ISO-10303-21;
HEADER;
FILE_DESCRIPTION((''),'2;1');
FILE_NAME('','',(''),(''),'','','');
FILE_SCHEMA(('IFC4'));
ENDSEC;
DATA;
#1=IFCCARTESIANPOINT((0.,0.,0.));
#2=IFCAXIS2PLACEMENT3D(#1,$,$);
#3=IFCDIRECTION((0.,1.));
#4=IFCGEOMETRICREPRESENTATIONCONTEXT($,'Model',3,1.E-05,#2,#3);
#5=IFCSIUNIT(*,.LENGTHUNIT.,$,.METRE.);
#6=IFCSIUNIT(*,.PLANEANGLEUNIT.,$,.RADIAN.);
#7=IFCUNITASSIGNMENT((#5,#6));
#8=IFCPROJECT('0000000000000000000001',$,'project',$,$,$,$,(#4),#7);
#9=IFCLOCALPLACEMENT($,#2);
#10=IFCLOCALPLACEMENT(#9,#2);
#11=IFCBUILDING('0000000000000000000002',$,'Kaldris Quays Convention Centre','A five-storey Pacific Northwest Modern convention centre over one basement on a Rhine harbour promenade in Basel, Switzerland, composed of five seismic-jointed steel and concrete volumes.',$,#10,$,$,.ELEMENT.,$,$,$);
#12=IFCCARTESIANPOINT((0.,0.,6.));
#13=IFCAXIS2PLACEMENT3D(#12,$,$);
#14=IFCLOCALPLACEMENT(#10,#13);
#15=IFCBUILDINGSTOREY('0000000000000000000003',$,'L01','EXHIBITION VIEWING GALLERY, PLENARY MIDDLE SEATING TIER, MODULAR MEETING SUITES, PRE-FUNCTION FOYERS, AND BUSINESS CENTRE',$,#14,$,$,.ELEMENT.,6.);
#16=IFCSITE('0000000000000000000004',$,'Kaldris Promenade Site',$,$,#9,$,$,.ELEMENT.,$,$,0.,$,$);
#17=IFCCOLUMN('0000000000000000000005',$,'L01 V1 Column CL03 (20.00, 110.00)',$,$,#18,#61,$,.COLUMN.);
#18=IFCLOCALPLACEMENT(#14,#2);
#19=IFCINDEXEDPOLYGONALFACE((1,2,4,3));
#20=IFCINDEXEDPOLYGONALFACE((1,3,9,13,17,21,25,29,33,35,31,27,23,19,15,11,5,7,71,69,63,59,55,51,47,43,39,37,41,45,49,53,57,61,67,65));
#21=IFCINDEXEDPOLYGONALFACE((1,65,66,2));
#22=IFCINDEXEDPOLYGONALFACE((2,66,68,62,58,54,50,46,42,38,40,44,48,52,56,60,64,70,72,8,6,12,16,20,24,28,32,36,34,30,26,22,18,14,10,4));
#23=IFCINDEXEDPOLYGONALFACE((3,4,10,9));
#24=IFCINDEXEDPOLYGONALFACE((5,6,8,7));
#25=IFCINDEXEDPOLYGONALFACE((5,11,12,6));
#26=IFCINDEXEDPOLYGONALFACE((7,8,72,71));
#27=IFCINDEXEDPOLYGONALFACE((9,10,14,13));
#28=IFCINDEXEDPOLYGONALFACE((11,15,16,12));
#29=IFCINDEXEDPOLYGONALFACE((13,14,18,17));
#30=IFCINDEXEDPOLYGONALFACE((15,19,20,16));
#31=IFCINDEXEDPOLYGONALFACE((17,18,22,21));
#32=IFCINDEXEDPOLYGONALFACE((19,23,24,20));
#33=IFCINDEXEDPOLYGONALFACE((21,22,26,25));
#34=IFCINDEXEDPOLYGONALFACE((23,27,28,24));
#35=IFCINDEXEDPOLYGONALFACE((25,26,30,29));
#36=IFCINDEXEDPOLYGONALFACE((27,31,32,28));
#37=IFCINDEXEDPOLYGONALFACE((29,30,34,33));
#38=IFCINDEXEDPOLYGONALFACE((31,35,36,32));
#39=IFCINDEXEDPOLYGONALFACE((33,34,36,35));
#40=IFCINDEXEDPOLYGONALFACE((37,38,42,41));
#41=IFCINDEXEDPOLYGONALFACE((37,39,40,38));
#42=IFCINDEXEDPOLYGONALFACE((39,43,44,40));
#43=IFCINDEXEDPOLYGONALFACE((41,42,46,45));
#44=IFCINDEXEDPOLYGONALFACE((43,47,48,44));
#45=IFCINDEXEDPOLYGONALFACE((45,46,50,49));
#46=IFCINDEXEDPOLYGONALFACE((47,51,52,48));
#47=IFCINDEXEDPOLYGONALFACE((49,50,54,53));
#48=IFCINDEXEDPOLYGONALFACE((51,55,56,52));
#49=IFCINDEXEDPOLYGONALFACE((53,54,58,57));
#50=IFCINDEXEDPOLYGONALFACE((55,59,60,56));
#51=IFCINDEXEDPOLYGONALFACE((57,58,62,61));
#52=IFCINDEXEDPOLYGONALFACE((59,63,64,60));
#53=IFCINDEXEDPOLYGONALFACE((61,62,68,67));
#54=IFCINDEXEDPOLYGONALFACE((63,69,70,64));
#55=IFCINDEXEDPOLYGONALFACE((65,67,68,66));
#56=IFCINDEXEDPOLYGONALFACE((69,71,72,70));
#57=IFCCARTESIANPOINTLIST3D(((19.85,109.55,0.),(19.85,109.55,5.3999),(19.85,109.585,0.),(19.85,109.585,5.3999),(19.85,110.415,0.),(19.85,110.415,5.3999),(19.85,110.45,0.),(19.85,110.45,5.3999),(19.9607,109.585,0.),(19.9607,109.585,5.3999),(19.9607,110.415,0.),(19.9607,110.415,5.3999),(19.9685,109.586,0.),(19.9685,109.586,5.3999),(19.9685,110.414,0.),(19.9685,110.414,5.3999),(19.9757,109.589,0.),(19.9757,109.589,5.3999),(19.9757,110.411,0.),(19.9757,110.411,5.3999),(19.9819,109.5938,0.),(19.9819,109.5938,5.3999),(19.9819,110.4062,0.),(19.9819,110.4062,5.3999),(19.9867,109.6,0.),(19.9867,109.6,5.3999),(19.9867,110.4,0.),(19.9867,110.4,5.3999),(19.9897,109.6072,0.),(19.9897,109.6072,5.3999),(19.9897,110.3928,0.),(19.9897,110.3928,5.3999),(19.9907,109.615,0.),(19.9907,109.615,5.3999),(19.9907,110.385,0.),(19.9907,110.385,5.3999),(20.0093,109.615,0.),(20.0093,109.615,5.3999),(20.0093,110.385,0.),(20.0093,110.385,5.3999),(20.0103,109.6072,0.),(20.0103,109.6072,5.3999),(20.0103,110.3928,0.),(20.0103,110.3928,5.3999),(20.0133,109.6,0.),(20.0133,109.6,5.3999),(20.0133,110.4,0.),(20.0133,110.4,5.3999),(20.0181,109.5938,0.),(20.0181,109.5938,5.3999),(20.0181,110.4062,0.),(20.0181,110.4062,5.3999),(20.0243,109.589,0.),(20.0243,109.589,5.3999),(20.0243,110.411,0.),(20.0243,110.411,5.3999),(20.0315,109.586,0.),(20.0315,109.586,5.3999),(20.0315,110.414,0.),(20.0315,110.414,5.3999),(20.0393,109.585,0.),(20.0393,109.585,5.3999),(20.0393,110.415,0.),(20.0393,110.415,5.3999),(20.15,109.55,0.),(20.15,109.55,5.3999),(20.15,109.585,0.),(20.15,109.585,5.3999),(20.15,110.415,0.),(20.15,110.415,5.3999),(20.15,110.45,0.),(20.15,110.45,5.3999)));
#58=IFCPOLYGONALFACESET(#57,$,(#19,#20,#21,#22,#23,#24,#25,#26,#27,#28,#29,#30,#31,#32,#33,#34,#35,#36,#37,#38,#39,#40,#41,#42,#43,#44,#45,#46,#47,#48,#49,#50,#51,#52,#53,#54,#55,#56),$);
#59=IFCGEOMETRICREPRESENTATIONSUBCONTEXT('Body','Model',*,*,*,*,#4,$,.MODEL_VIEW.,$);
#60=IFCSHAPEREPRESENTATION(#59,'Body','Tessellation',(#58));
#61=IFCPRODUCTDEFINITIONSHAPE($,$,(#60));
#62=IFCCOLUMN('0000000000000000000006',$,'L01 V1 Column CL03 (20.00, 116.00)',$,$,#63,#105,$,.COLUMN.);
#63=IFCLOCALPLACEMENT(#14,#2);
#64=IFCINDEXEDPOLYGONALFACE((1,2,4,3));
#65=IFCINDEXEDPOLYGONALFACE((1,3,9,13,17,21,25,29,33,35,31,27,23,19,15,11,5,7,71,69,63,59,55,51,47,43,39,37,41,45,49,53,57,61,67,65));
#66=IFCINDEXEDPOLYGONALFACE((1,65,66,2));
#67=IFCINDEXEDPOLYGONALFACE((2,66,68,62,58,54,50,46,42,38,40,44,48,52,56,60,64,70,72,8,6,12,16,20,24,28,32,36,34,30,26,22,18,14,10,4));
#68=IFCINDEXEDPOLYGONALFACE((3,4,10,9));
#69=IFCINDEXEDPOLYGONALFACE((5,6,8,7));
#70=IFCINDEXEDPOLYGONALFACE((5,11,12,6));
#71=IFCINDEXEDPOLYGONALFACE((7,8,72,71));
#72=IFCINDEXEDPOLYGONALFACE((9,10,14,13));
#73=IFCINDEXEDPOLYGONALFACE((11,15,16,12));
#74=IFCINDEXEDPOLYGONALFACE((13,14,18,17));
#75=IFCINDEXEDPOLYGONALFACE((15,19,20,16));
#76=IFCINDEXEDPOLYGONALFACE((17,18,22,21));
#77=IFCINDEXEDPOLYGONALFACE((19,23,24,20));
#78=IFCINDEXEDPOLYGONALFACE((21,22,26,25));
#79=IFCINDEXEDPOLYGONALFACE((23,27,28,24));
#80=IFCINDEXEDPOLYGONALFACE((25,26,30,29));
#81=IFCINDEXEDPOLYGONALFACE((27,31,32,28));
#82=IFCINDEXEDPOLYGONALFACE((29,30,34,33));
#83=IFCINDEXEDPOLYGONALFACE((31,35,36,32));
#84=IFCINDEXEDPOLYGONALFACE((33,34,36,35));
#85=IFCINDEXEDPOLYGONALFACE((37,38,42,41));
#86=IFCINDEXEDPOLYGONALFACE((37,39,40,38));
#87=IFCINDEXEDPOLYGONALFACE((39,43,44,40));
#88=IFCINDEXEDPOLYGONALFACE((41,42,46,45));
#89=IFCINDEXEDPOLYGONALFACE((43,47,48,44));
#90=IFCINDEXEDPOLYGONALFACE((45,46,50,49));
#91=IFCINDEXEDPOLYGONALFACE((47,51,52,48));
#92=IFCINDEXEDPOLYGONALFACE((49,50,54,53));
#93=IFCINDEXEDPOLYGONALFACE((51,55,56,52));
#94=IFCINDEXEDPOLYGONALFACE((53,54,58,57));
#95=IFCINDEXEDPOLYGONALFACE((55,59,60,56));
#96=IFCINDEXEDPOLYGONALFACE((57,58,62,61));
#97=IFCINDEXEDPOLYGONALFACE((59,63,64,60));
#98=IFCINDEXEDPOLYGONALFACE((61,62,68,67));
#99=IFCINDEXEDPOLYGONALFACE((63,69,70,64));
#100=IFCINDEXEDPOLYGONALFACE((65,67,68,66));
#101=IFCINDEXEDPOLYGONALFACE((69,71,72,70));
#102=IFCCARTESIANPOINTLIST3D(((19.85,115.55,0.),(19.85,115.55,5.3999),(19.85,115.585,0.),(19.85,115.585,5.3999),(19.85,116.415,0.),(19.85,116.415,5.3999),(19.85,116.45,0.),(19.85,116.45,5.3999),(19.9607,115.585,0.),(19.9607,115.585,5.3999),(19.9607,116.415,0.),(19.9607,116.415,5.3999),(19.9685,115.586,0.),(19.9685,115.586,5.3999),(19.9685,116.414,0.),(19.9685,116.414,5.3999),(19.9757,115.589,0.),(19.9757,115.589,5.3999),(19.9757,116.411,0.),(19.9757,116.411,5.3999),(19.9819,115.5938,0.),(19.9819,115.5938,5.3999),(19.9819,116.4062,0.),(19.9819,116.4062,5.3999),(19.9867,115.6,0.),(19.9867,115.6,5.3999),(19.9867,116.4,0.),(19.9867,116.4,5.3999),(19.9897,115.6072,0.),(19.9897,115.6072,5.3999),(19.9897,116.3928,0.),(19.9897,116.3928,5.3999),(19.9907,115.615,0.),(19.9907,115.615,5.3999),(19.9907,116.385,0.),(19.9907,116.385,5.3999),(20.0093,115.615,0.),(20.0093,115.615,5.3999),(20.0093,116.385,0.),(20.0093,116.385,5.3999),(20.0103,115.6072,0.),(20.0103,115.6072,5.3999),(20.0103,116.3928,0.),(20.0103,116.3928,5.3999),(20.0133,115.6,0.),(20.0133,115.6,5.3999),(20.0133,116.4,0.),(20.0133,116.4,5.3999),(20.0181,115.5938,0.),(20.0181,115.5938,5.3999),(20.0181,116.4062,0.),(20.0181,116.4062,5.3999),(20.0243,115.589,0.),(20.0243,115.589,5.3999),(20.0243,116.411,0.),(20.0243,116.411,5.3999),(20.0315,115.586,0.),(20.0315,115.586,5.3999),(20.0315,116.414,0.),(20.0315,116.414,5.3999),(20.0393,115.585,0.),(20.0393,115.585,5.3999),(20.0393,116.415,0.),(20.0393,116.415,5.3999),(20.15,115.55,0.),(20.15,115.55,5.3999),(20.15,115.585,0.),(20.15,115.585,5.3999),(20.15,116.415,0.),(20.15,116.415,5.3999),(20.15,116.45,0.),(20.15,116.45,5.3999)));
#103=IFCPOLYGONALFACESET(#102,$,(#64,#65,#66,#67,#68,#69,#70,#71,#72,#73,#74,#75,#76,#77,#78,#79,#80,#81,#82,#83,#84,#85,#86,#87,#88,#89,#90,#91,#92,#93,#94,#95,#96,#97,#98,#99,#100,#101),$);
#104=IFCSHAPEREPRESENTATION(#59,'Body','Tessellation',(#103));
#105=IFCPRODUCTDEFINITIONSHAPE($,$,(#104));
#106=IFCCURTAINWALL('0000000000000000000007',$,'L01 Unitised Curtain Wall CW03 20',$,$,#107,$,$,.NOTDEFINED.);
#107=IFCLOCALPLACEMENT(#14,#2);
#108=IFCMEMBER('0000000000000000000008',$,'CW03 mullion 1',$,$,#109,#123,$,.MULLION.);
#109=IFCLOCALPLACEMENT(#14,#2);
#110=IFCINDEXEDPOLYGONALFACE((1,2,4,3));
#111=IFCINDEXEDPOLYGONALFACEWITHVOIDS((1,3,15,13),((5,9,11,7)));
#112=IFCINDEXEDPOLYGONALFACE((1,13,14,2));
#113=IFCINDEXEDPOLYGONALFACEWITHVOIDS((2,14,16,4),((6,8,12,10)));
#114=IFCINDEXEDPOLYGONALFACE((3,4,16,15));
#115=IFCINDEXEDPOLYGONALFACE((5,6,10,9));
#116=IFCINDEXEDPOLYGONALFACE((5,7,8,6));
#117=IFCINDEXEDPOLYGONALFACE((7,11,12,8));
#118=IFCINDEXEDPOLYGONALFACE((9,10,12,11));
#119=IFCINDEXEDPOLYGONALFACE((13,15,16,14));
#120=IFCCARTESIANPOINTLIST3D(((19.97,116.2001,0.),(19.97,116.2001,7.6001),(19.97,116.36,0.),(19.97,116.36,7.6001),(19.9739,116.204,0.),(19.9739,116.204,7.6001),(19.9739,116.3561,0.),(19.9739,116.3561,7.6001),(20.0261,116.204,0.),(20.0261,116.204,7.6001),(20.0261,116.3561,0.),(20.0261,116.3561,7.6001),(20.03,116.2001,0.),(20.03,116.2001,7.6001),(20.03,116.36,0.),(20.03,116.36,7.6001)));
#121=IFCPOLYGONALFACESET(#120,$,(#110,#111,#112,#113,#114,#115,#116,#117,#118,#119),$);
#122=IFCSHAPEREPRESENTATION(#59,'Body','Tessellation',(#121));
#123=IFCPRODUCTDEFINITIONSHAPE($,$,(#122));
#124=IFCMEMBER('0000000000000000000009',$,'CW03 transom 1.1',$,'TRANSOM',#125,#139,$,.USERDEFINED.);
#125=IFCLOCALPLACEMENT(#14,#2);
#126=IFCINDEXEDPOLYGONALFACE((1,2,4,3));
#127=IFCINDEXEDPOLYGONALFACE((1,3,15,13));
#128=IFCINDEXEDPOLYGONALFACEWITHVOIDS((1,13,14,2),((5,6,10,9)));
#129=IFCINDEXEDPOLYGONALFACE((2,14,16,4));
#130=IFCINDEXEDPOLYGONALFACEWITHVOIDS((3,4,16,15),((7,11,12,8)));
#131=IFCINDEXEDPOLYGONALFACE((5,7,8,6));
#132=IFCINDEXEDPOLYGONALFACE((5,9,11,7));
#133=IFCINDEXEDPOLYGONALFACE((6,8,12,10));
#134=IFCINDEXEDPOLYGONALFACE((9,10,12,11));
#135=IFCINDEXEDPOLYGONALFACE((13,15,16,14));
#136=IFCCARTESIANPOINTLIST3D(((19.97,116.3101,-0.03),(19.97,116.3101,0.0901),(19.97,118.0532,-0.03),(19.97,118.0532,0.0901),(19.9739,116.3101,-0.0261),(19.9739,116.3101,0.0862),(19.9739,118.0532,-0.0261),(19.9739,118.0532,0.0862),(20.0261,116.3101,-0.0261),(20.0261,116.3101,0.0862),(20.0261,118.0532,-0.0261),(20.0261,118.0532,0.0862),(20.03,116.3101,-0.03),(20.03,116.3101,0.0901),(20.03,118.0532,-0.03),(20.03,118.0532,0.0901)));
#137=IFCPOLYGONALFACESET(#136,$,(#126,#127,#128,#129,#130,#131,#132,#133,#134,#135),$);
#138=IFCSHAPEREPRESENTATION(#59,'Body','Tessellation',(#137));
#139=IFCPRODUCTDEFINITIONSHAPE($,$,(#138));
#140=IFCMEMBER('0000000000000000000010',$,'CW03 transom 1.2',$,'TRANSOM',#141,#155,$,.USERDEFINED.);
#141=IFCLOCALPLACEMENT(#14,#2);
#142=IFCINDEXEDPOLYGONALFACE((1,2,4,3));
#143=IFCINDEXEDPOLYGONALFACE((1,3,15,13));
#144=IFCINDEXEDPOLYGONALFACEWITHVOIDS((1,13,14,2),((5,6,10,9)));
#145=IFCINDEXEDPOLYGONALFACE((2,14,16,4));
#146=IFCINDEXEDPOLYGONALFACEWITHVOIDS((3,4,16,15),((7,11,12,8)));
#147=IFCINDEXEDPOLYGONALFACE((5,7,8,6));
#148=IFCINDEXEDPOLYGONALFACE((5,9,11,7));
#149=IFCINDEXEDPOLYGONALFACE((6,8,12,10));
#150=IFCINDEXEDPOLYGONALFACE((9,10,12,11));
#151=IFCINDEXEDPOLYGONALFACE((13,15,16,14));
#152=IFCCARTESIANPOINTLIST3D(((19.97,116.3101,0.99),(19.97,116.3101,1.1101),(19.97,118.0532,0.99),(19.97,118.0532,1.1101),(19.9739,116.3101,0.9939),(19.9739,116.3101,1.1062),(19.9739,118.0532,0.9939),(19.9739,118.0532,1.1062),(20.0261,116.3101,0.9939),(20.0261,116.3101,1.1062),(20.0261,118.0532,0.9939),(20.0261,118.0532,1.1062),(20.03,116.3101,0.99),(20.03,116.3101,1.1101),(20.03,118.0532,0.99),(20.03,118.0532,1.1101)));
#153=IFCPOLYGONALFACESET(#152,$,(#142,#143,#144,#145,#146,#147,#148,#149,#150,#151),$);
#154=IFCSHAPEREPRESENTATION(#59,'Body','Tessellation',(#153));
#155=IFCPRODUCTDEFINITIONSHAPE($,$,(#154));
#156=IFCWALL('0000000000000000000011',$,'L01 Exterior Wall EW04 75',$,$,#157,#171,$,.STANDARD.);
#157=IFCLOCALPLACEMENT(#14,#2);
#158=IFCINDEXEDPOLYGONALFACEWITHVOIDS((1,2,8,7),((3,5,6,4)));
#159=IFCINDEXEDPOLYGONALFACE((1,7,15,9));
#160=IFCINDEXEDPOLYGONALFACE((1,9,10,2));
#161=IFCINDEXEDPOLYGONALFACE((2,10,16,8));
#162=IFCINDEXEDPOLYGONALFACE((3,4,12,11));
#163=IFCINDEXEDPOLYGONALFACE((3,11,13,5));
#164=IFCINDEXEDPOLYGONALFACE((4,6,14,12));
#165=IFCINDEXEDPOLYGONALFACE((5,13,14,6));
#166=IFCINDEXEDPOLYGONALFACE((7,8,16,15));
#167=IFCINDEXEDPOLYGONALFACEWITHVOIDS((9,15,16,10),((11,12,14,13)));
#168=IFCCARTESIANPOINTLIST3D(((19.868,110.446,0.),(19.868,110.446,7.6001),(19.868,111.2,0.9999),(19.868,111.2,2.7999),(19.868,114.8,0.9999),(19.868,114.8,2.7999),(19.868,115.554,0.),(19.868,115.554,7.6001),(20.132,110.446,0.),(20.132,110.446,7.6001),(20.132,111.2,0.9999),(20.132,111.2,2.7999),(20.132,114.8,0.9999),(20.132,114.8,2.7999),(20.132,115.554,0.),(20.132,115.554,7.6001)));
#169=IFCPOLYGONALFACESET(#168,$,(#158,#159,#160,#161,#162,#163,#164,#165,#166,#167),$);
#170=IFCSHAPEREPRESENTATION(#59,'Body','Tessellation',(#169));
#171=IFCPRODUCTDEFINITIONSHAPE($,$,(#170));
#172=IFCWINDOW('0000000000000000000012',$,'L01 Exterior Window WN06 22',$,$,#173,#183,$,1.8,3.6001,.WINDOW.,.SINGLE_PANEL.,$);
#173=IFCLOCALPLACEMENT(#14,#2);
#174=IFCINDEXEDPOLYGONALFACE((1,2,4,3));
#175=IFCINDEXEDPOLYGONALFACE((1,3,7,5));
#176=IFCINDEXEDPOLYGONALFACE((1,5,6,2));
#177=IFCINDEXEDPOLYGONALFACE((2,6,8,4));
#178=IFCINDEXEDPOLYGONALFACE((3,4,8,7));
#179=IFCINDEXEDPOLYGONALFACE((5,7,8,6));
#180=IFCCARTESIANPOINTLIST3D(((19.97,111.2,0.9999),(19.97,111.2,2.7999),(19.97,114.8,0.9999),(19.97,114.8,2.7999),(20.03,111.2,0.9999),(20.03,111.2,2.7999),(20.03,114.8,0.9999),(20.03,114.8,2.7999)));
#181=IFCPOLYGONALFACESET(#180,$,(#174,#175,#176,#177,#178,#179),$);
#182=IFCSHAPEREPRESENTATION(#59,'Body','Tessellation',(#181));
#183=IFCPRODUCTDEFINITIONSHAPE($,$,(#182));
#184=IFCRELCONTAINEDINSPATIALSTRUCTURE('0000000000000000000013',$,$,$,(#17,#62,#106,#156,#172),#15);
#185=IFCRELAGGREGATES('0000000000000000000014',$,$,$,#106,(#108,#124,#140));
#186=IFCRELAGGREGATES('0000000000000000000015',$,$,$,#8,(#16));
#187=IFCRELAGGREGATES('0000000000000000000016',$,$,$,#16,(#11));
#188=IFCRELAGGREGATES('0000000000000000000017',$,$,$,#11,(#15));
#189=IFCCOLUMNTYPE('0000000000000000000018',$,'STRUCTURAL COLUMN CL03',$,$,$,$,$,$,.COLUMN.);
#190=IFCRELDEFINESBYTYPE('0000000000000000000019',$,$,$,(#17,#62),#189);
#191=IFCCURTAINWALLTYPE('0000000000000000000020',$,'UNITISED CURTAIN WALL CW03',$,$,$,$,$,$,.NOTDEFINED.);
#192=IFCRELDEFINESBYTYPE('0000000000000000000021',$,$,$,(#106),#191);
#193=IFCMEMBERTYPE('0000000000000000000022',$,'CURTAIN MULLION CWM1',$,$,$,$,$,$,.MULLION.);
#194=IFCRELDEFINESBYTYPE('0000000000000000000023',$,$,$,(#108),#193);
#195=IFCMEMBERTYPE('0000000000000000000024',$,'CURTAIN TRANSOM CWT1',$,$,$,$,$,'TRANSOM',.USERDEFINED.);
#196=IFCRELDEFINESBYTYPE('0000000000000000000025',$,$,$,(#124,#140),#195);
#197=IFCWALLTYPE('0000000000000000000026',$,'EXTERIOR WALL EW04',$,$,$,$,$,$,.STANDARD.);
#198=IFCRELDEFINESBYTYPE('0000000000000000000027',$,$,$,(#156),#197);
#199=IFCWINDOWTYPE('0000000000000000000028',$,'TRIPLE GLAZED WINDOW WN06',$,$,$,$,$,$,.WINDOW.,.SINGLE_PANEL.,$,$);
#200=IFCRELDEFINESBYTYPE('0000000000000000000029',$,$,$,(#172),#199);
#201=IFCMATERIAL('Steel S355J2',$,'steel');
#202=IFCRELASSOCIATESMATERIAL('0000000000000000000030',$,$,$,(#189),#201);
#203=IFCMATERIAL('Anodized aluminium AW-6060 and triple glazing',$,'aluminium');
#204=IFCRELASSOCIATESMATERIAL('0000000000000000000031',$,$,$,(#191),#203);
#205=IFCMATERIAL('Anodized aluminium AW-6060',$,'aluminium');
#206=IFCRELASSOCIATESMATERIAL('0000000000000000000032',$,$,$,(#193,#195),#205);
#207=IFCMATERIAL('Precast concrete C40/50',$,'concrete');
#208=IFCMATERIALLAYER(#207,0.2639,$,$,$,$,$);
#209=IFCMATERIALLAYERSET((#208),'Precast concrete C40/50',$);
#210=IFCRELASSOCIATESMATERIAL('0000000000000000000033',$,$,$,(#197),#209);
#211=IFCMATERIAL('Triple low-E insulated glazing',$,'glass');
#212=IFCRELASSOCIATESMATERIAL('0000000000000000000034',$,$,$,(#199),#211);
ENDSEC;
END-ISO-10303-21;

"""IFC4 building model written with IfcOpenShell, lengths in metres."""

from ifc_helpers import new_model, si_unit, direction, frame, frame_2d, origin, origin_2d, place, context, subcontext, project, spatial, rectangle, hollow_rectangle, i_section, extrude, material, layer, layer_set, material_profile, profile_set, type_object, element, fill, aggregate, save


model = new_model("IFC4")

# Units and contexts
model_context = context("Model", 3, precision=1e-05, world=origin(), true_north=direction((0.0, 1.0)))
body_context = subcontext(model_context, "Body", "Model", "MODEL_VIEW")
ifc_project = project(units=[si_unit("LENGTHUNIT", "METRE"), si_unit("PLANEANGLEUNIT", "RADIAN")], contexts=[model_context])

# Site, building, storey
site_placement = place(None, origin())
site = spatial("IfcSite", under=ifc_project, at=site_placement, Name="Kaldris Promenade Site", CompositionType="ELEMENT", RefElevation=0.0)
building_placement = place(site_placement, origin())
building = spatial("IfcBuilding", under=site, at=building_placement, Name="Kaldris Quays Convention Centre", Description="A five-storey Pacific Northwest Modern convention centre over one basement on a Rhine harbour promenade in Basel, Switzerland, composed of five seismic-jointed steel and concrete volumes.", CompositionType="ELEMENT")
storey_placement = place(building_placement, frame((0.0, 0.0, 6.0)))
storey = spatial("IfcBuildingStorey", under=building, at=storey_placement, Name="L01", Description="EXHIBITION VIEWING GALLERY, PLENARY MIDDLE SEATING TIER, MODULAR MEETING SUITES, PRE-FUNCTION FOYERS, AND BUSINESS CENTRE", CompositionType="ELEMENT", Elevation=6.0)

# Columns
ifc_material_1 = material(Name="Steel S355J2", Category="steel")
ifc_material_profile_1 = material_profile(ifc_material_1, i_section(OverallWidth=0.3, OverallDepth=0.8999, WebThickness=0.0186, FlangeThickness=0.0349, FilletRadius=0.03, at=origin_2d()), Name="HEB 900")
ifc_profile_set_1 = profile_set([ifc_material_profile_1], Name="Steel S355J2")
column_type = type_object("IfcColumnType", Name="STRUCTURAL COLUMN CL03", PredefinedType="COLUMN", material=ifc_profile_set_1)
for number, where, z_axis, x_axis, name in (
    (1, (20.0, 110.0, 0.0), (0.0, 0.0, 1.0), (1.0, 0.0, 0.0), "L01 V1 Column CL03 (20.00, 110.00)"),
    (2, (20.0, 116.0, 0.0), (0.0, 0.0, 1.0), (1.0, 0.0, 0.0), "L01 V1 Column CL03 (20.00, 116.00)"),
):
    element("IfcColumn", number, at=place(storey_placement, frame(where, z_axis=z_axis, x_axis=x_axis)), inside=storey, type_object=column_type, Name=name, PredefinedType="COLUMN", context=body_context, shape_type="SweptSolid", body=[
        extrude(i_section(OverallWidth=0.3, OverallDepth=0.8999, WebThickness=0.0186, FlangeThickness=0.0349, FilletRadius=0.03, at=origin_2d()), origin(), (0.0, 0.0, 1.0), 5.3999),
    ])

# Curtain wall, members
ifc_material_2 = material(Name="Anodized aluminium AW-6060 and triple glazing", Category="aluminium")
curtain_wall_type = type_object("IfcCurtainWallType", Name="UNITISED CURTAIN WALL CW03", PredefinedType="NOTDEFINED", material=ifc_material_2)
curtain_wall_placement = place(storey_placement, origin())
curtain_wall = element("IfcCurtainWall", 3, at=curtain_wall_placement, inside=storey, type_object=curtain_wall_type, Name="L01 Unitised Curtain Wall CW03 20", PredefinedType="NOTDEFINED")
ifc_material_3 = material(Name="Anodized aluminium AW-6060", Category="aluminium")
ifc_material_profile_2 = material_profile(ifc_material_3, hollow_rectangle(XDim=0.0601, YDim=0.1599, WallThickness=0.0039, at=origin_2d()), Name="RHS 160x60x4")
ifc_profile_set_2 = profile_set([ifc_material_profile_2], Name="Anodized aluminium AW-6060")
member_type_1 = type_object("IfcMemberType", Name="CURTAIN MULLION CWM1", PredefinedType="MULLION", material=ifc_profile_set_2)
member_1_placement = place(storey_placement, frame((20.0, 116.28, 0.0), z_axis=(0.0, 0.0, 1.0), x_axis=(-1.0, 0.0, 0.0)))
member_1 = element("IfcMember", 4, at=member_1_placement, type_object=member_type_1, Name="CW03 mullion 1", PredefinedType="MULLION", context=body_context, shape_type="SweptSolid", body=[
    extrude(hollow_rectangle(XDim=0.0601, YDim=0.1599, WallThickness=0.0039, at=origin_2d()), origin(), (0.0, 0.0, 1.0), 7.6001),
])
ifc_material_profile_3 = material_profile(ifc_material_3, hollow_rectangle(XDim=0.0601, YDim=0.1201, WallThickness=0.0039, at=origin_2d()), Name="RHS 120x60x4")
ifc_profile_set_3 = profile_set([ifc_material_profile_3], Name="Anodized aluminium AW-6060")
member_type_2 = type_object("IfcMemberType", Name="CURTAIN TRANSOM CWT1", ElementType="TRANSOM", PredefinedType="USERDEFINED", material=ifc_profile_set_3)
member_2_placement = place(storey_placement, frame((20.0, 116.3101, 0.03), z_axis=(0.0, 1.0, 0.0), x_axis=(-1.0, 0.0, 0.0)))
member_2 = element("IfcMember", 5, at=member_2_placement, type_object=member_type_2, Name="CW03 transom 1.1", ObjectType="TRANSOM", PredefinedType="USERDEFINED", context=body_context, shape_type="SweptSolid", body=[
    extrude(hollow_rectangle(XDim=0.0601, YDim=0.1201, WallThickness=0.0039, at=origin_2d()), origin(), (0.0, 0.0, 1.0), 1.7432),
])
member_3_placement = place(storey_placement, frame((20.0, 116.3101, 1.05), z_axis=(0.0, 1.0, 0.0), x_axis=(-1.0, 0.0, 0.0)))
member_3 = element("IfcMember", 6, at=member_3_placement, type_object=member_type_2, Name="CW03 transom 1.2", ObjectType="TRANSOM", PredefinedType="USERDEFINED", context=body_context, shape_type="SweptSolid", body=[
    extrude(hollow_rectangle(XDim=0.0601, YDim=0.1201, WallThickness=0.0039, at=origin_2d()), origin(), (0.0, 0.0, 1.0), 1.7432),
])
aggregate(curtain_wall, [member_1, member_2, member_3])

# Wall, opening, window
ifc_material_4 = material(Name="Precast concrete C40/50", Category="concrete")
ifc_layer_1 = layer(ifc_material_4, 0.2639)
ifc_layer_set_1 = layer_set([ifc_layer_1], Name="Precast concrete C40/50")
wall_type = type_object("IfcWallType", Name="EXTERIOR WALL EW04", PredefinedType="STANDARD", material=ifc_layer_set_1)
wall_placement = place(storey_placement, frame((20.0, 110.446, 0.0), z_axis=(0.0, 0.0, 1.0), x_axis=(0.0, 1.0, 0.0)))
wall = element("IfcWall", 7, at=wall_placement, inside=storey, type_object=wall_type, Name="L01 Exterior Wall EW04 75", PredefinedType="STANDARD", context=body_context, shape_type="SweptSolid", body=[
    extrude(rectangle(XDim=5.1079, YDim=0.2639, at=frame_2d((2.554, 0.0))), origin(), (0.0, 0.0, 1.0), 7.6001),
])
opening_placement = place(wall_placement, frame((0.7539, 0.0, 1.0)))
opening = element("IfcOpeningElement", 8, at=opening_placement, cuts=wall, PredefinedType="OPENING", context=body_context, shape_type="SweptSolid", body=[
    extrude(rectangle(XDim=3.6001, YDim=1.8, at=frame_2d((1.8, 0.8999))), frame((0.0, 0.1421, 0.0), z_axis=(0.0, -1.0, 0.0), x_axis=(1.0, 0.0, 0.0)), (0.0, 0.0, 1.0), 0.2839),
])
ifc_material_5 = material(Name="Triple low-E insulated glazing", Category="glass")
window_type = type_object("IfcWindowType", Name="TRIPLE GLAZED WINDOW WN06", PartitioningType="SINGLE_PANEL", PredefinedType="WINDOW", material=ifc_material_5)
window_placement = place(opening_placement, origin())
window = element("IfcWindow", 9, at=window_placement, inside=storey, type_object=window_type, Name="L01 Exterior Window WN06 22", OverallHeight=1.8, OverallWidth=3.6001, PartitioningType="SINGLE_PANEL", PredefinedType="WINDOW", context=body_context, shape_type="SweptSolid", body=[
    extrude(rectangle(XDim=3.6001, YDim=1.8, at=frame_2d((1.8, 0.8999))), frame((0.0, 0.03, 0.0), z_axis=(0.0, -1.0, 0.0), x_axis=(1.0, 0.0, 0.0)), (0.0, 0.0, 1.0), 0.0601),
])
fill(opening, window)

save(model, "model.ifc")
